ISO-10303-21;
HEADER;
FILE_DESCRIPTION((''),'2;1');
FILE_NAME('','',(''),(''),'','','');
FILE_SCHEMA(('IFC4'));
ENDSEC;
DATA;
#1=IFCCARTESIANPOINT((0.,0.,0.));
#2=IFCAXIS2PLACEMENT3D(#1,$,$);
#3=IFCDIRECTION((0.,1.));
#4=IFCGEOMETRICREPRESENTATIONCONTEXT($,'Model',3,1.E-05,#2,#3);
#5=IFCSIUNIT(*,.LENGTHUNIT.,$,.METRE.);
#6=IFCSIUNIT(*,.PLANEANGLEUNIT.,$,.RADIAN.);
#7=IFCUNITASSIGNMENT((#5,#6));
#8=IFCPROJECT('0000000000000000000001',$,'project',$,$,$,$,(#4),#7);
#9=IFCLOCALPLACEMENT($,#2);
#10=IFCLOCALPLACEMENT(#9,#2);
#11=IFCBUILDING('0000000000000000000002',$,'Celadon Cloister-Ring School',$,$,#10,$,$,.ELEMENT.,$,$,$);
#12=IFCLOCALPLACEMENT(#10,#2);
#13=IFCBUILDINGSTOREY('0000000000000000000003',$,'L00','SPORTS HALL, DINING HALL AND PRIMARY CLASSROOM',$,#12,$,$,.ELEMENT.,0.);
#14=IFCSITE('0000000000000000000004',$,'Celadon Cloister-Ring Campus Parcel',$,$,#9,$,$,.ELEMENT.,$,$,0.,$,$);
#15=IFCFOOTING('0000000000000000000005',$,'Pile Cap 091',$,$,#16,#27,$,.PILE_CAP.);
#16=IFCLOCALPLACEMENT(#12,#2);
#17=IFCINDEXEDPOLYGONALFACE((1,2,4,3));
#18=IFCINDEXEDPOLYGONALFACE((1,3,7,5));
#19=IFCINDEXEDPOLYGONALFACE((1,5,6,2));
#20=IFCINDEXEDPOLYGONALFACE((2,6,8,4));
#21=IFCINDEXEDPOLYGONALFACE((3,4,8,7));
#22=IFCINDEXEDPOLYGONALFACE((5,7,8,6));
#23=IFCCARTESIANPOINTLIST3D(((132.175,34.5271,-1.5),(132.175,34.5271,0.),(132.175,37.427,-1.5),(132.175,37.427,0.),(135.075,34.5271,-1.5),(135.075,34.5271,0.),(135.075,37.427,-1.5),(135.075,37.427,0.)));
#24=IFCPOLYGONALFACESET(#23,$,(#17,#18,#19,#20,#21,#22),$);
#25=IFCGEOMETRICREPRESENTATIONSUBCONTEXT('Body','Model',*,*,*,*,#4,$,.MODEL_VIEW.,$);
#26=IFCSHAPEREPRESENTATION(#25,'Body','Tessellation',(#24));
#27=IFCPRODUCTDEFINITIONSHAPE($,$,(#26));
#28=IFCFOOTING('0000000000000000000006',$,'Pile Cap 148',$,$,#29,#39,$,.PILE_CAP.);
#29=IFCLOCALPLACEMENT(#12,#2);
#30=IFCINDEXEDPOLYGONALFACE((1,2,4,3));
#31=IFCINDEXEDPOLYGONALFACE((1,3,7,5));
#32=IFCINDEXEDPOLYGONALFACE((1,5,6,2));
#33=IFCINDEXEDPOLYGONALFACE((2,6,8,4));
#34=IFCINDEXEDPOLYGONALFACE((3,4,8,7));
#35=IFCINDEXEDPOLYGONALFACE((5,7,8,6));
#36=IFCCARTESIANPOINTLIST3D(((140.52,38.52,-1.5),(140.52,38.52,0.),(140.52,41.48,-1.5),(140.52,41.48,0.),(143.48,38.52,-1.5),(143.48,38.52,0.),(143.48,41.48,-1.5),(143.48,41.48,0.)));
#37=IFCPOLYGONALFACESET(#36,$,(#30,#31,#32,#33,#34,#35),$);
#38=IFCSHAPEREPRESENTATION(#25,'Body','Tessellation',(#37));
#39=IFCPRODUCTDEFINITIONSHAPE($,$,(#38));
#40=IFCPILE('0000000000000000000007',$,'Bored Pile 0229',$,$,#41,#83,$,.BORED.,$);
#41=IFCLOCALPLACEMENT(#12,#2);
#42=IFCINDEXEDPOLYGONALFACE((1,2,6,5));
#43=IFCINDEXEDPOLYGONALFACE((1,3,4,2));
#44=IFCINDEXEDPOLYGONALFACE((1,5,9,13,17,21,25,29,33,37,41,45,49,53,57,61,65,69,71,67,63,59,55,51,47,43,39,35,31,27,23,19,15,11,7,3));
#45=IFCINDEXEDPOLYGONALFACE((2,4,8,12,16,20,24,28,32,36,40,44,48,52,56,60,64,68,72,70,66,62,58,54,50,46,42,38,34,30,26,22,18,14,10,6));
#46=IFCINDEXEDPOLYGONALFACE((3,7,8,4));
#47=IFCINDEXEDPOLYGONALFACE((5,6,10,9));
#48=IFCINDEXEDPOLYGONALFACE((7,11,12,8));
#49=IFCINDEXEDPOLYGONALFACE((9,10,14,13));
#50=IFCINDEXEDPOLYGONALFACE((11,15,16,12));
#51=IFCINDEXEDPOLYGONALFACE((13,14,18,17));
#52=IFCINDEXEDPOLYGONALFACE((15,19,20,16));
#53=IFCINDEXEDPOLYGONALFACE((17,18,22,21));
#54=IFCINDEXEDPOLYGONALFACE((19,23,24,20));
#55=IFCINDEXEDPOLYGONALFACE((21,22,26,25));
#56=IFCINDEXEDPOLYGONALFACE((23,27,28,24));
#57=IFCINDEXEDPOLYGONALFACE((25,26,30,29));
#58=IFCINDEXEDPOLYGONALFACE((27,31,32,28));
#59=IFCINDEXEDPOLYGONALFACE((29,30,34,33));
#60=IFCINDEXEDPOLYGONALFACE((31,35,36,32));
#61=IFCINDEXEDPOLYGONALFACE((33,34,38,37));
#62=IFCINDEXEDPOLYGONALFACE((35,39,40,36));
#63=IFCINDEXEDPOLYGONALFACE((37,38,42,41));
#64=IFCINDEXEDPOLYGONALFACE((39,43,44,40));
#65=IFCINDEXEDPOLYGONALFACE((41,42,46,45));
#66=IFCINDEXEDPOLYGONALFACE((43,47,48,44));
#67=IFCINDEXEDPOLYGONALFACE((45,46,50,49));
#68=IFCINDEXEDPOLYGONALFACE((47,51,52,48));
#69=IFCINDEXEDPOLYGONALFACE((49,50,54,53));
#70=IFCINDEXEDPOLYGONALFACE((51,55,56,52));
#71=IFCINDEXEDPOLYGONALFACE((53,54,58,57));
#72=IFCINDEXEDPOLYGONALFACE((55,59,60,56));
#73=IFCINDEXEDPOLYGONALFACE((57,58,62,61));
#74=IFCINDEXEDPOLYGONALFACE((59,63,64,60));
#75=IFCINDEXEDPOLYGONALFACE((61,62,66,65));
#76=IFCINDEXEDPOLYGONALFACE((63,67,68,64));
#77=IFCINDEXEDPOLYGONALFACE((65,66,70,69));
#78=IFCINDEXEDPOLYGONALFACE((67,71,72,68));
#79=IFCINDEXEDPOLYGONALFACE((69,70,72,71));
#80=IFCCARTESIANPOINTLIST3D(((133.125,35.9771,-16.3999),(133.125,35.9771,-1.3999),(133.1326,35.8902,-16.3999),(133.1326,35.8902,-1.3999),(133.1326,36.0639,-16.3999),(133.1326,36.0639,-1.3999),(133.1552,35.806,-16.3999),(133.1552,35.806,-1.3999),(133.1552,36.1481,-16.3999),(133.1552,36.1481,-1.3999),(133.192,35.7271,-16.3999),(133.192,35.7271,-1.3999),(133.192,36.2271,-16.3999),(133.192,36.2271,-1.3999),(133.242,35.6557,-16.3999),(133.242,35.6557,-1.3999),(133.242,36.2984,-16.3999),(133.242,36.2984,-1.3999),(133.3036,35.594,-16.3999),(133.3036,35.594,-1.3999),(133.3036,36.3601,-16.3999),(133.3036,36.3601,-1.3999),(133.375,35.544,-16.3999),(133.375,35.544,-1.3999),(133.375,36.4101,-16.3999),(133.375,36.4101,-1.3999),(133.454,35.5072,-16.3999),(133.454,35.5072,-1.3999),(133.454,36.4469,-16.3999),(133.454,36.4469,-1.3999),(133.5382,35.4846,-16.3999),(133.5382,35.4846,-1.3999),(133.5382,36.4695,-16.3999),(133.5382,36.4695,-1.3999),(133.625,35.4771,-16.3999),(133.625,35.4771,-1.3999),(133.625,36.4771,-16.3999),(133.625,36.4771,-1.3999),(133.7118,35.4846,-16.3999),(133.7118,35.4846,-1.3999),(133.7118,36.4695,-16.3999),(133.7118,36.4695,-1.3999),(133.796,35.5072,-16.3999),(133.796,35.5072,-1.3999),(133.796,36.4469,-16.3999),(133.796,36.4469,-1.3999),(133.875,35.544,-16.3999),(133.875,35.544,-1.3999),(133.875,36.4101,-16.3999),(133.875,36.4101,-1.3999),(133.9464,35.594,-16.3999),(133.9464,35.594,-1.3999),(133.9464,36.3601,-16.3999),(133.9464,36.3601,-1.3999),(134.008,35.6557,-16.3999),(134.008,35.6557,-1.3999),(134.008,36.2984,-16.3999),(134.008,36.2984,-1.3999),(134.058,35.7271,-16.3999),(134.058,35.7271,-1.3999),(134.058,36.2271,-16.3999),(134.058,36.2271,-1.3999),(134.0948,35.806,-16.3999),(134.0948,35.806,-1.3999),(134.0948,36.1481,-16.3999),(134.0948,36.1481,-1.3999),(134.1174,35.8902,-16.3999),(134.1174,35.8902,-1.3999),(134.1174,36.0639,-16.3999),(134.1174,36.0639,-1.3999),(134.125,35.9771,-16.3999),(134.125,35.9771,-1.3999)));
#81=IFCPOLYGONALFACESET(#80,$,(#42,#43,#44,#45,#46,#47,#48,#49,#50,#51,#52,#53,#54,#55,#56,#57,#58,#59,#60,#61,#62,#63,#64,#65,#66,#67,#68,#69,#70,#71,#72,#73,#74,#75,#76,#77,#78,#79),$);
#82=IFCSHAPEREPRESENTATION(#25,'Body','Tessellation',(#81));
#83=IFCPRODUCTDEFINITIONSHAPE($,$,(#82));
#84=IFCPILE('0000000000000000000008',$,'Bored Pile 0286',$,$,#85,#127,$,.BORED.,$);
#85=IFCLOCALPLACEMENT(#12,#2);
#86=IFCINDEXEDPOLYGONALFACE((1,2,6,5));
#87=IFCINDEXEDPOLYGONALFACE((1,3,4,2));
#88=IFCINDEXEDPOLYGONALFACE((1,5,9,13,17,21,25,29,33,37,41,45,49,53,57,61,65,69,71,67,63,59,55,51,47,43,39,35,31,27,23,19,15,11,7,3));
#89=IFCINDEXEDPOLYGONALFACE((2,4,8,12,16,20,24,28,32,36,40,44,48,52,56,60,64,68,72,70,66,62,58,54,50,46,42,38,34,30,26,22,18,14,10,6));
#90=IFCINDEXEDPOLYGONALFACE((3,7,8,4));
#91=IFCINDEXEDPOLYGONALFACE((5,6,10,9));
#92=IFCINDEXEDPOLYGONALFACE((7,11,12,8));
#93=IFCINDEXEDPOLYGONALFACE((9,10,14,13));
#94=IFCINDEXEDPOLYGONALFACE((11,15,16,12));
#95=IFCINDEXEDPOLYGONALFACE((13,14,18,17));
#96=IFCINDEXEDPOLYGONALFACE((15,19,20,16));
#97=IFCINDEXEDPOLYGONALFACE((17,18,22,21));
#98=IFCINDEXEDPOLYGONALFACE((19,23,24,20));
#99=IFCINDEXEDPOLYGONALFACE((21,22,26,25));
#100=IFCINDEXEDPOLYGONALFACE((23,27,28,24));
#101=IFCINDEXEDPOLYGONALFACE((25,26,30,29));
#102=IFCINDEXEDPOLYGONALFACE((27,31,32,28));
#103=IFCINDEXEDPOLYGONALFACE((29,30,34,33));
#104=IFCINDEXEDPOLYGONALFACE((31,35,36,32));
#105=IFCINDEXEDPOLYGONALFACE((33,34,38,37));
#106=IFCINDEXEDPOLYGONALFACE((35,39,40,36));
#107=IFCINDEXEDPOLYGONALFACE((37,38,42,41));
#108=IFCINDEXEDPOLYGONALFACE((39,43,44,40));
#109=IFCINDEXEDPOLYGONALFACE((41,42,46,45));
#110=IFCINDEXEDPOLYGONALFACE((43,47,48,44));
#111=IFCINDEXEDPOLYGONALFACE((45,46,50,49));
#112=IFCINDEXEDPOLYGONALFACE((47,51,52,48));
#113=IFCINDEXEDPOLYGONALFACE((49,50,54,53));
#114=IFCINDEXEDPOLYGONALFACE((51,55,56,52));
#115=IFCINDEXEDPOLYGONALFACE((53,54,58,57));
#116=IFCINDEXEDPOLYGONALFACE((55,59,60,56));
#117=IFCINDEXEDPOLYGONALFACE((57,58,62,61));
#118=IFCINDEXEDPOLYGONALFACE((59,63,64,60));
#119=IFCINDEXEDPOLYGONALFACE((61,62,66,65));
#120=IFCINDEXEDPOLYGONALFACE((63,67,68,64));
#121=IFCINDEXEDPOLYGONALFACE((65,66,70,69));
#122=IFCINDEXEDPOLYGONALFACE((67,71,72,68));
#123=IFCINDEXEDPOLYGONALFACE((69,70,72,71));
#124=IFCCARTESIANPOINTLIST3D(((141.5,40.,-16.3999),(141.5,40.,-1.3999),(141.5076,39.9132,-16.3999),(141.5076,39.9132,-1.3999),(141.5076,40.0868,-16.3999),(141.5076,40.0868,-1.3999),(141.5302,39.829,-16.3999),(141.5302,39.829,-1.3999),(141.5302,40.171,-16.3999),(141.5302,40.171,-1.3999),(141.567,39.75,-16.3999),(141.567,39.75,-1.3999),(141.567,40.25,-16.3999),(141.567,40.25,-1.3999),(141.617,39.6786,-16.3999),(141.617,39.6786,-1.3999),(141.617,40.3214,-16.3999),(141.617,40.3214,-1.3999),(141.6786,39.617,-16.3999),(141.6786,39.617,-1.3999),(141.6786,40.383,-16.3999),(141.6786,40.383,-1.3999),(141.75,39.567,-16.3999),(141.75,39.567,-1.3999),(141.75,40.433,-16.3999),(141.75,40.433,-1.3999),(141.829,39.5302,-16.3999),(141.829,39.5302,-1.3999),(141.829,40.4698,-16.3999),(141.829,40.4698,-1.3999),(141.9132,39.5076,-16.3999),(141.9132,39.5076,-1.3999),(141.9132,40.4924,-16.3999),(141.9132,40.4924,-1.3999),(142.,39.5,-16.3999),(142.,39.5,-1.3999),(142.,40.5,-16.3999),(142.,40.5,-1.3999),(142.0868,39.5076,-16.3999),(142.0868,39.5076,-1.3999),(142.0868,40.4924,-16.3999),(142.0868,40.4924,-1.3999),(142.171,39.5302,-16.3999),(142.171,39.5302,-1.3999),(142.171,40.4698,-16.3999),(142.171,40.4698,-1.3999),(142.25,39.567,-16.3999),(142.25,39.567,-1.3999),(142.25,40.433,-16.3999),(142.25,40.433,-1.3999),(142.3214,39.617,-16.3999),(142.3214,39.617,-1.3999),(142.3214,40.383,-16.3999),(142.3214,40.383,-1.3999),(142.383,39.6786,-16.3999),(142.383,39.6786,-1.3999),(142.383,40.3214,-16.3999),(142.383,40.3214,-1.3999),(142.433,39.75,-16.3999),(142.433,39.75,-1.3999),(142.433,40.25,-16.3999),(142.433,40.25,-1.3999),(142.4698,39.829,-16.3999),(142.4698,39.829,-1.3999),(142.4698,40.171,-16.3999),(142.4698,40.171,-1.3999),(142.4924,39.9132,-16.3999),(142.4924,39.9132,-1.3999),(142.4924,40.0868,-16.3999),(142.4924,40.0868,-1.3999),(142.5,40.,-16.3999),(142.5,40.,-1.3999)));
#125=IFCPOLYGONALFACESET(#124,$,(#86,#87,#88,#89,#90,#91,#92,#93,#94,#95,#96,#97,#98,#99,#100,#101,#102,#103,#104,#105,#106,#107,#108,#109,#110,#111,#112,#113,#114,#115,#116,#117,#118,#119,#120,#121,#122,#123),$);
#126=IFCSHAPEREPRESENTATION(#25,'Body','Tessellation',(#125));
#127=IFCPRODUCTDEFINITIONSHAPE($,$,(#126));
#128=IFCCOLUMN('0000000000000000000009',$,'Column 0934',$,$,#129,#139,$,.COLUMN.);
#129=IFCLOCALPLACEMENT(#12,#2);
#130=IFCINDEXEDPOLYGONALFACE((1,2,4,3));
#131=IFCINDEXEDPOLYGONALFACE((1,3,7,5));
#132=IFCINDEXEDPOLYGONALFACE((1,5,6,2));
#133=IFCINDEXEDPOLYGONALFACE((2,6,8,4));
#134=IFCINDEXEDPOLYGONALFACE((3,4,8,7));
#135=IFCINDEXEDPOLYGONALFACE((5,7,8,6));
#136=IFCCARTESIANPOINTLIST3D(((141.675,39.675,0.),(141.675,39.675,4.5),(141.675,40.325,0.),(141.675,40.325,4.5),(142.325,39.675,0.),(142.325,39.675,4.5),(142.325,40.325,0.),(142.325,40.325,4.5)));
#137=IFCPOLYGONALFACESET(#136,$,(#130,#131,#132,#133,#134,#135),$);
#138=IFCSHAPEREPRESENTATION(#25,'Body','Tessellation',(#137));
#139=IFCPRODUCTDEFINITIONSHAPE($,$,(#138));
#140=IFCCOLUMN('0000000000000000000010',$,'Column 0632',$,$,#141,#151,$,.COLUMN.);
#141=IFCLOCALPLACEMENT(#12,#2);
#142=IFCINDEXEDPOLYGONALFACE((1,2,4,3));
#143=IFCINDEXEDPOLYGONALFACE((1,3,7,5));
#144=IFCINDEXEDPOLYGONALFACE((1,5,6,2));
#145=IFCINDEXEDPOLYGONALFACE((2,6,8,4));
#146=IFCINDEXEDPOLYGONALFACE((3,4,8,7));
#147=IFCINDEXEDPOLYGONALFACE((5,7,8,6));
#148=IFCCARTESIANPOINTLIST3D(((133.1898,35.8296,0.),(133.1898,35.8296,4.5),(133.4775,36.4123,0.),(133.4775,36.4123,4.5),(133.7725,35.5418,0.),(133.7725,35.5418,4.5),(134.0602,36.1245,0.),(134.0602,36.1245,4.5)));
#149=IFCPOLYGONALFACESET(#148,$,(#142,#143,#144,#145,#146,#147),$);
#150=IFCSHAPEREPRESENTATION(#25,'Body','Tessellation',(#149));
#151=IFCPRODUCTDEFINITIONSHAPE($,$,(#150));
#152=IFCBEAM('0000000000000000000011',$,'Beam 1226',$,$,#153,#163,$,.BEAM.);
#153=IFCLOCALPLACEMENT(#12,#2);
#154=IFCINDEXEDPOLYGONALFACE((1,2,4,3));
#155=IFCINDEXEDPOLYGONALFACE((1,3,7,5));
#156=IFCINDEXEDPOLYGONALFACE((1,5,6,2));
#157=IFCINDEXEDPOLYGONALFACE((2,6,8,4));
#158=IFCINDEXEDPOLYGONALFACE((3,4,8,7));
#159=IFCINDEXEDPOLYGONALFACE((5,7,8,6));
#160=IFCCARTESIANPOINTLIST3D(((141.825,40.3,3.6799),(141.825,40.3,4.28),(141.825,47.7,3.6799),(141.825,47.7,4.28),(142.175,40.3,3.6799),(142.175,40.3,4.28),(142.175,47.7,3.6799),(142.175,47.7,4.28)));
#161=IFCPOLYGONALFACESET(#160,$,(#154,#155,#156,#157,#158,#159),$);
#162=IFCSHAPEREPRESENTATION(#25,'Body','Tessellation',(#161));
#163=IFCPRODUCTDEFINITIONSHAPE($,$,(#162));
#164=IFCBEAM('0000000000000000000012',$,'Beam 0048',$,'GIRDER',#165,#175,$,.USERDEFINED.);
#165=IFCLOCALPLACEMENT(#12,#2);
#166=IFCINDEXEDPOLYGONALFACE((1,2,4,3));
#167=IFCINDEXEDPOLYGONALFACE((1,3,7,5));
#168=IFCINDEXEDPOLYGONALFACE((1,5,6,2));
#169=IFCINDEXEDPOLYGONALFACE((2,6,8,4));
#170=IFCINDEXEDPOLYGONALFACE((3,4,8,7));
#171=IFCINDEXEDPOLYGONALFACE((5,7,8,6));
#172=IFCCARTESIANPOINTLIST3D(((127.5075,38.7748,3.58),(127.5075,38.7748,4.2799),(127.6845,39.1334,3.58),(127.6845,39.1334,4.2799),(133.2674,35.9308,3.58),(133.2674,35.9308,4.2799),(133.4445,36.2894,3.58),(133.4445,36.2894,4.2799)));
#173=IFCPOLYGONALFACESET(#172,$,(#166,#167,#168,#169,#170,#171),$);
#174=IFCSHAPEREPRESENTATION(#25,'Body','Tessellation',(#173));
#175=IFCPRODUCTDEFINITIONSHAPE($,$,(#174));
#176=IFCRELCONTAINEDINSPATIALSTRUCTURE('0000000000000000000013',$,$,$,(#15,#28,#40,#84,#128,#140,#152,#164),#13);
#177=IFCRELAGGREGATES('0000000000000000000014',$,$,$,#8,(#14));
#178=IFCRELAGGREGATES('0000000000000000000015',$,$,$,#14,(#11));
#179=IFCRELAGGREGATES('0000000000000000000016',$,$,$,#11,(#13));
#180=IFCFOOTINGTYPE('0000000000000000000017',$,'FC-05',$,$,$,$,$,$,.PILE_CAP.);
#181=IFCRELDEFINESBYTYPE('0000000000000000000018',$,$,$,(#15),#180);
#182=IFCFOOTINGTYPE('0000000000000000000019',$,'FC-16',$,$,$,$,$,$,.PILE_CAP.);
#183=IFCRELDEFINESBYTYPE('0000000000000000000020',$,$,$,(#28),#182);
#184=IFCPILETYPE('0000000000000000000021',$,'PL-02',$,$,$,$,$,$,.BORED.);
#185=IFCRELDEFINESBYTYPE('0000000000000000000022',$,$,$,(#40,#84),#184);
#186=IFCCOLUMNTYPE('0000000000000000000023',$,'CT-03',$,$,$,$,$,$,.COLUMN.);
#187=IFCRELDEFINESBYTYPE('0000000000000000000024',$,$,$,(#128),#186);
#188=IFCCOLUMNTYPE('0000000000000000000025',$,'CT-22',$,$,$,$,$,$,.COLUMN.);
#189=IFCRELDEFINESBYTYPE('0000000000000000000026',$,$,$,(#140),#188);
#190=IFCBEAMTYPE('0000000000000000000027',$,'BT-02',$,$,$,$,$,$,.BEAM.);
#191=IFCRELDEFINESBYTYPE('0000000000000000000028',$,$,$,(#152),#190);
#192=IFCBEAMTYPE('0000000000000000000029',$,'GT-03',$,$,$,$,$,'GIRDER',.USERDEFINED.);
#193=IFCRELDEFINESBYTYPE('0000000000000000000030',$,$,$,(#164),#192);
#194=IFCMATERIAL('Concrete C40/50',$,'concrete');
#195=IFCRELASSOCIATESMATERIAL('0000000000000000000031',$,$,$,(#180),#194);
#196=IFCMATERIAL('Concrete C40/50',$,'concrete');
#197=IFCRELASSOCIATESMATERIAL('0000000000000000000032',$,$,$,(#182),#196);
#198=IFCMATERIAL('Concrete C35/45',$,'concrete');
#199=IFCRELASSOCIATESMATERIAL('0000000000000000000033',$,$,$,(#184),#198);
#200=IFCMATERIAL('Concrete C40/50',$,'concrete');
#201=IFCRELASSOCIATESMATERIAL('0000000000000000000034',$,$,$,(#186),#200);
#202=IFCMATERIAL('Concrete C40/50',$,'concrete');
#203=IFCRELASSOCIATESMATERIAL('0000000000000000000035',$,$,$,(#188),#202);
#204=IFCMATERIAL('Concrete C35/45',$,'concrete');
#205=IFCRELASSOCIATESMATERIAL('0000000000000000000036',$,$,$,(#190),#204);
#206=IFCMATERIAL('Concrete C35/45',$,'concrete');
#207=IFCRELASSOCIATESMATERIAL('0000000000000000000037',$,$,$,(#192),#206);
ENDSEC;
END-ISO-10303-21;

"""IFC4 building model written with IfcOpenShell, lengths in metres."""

from ifc_helpers import new_model, si_unit, direction, frame, origin, origin_2d, place, context, subcontext, project, spatial, rectangle, circle, extrude, material, material_profile, profile_set, type_object, element, save


model = new_model("IFC4")

# Units and contexts
model_context = context("Model", 3, precision=1e-05, world=origin(), true_north=direction((0.0, 1.0)))
body_context = subcontext(model_context, "Body", "Model", "MODEL_VIEW")
ifc_project = project(units=[si_unit("LENGTHUNIT", "METRE"), si_unit("PLANEANGLEUNIT", "RADIAN")], contexts=[model_context])

# Site, building, storey
site_placement = place(None, origin())
site = spatial("IfcSite", under=ifc_project, at=site_placement, Name="Celadon Cloister-Ring Campus Parcel", CompositionType="ELEMENT", RefElevation=0.0)
building_placement = place(site_placement, origin())
building = spatial("IfcBuilding", under=site, at=building_placement, Name="Celadon Cloister-Ring School", CompositionType="ELEMENT")
storey_placement = place(building_placement, origin())
storey = spatial("IfcBuildingStorey", under=building, at=storey_placement, Name="L00", Description="SPORTS HALL, DINING HALL AND PRIMARY CLASSROOM", CompositionType="ELEMENT", Elevation=0.0)

# Footings
ifc_material_1 = material(Name="Concrete C40/50", Category="concrete")
footing_type_1 = type_object("IfcFootingType", Name="FC-05", PredefinedType="PILE_CAP", material=ifc_material_1)
footing_1_placement = place(storey_placement, frame((133.625, 35.9771, -1.5), z_axis=(0.0, 0.0, 1.0), x_axis=(1.0, 0.0, 0.0)))
element("IfcFooting", 1, at=footing_1_placement, inside=storey, type_object=footing_type_1, Name="Pile Cap 091", PredefinedType="PILE_CAP", context=body_context, shape_type="SweptSolid", body=[
    extrude(rectangle(XDim=2.8999, YDim=2.8999, at=origin_2d()), origin(), (0.0, 0.0, 1.0), 1.5),
])
ifc_material_2 = material(Name="Concrete C40/50", Category="concrete")
footing_type_2 = type_object("IfcFootingType", Name="FC-16", PredefinedType="PILE_CAP", material=ifc_material_2)
footing_2_placement = place(storey_placement, frame((142.0, 40.0, -1.5), z_axis=(0.0, 0.0, 1.0), x_axis=(1.0, 0.0, 0.0)))
element("IfcFooting", 2, at=footing_2_placement, inside=storey, type_object=footing_type_2, Name="Pile Cap 148", PredefinedType="PILE_CAP", context=body_context, shape_type="SweptSolid", body=[
    extrude(rectangle(XDim=2.96, YDim=2.96, at=origin_2d()), origin(), (0.0, 0.0, 1.0), 1.5),
])

# Piles
ifc_material_3 = material(Name="Concrete C35/45", Category="concrete")
ifc_material_profile_1 = material_profile(ifc_material_3, circle(Radius=0.5, at=origin_2d()), Name="PILE1000")
ifc_profile_set_1 = profile_set([ifc_material_profile_1], Name="Concrete C35/45")
pile_type = type_object("IfcPileType", Name="PL-02", PredefinedType="BORED", material=ifc_profile_set_1)
for number, where, z_axis, x_axis, name in (
    (3, (133.625, 35.9771, -1.3999), (0.0, 0.0, -1.0), (1.0, 0.0, 0.0), "Bored Pile 0229"),
    (4, (142.0, 40.0, -1.3999), (0.0, 0.0, -1.0), (1.0, 0.0, 0.0), "Bored Pile 0286"),
):
    element("IfcPile", number, at=place(storey_placement, frame(where, z_axis=z_axis, x_axis=x_axis)), inside=storey, type_object=pile_type, Name=name, PredefinedType="BORED", context=body_context, shape_type="SweptSolid", body=[
        extrude(circle(Radius=0.5, at=origin_2d()), origin(), (0.0, 0.0, 1.0), 15.0),
    ])

# Columns
ifc_material_4 = material(Name="Concrete C40/50", Category="concrete")
ifc_material_profile_2 = material_profile(ifc_material_4, rectangle(XDim=0.6499, YDim=0.6499, at=origin_2d()), Name="RC650X650")
ifc_profile_set_2 = profile_set([ifc_material_profile_2], Name="Concrete C40/50")
column_type_1 = type_object("IfcColumnType", Name="CT-03", PredefinedType="COLUMN", material=ifc_profile_set_2)
column_1_placement = place(storey_placement, frame((142.0, 40.0, 0.0), z_axis=(0.0, 0.0, 1.0), x_axis=(1.0, 0.0, 0.0)))
element("IfcColumn", 5, at=column_1_placement, inside=storey, type_object=column_type_1, Name="Column 0934", PredefinedType="COLUMN", context=body_context, shape_type="SweptSolid", body=[
    extrude(rectangle(XDim=0.6499, YDim=0.6499, at=origin_2d()), origin(), (0.0, 0.0, 1.0), 4.5),
])
ifc_material_5 = material(Name="Concrete C40/50", Category="concrete")
ifc_material_profile_3 = material_profile(ifc_material_5, rectangle(XDim=0.6499, YDim=0.6499, at=origin_2d()), Name="RC650X650")
ifc_profile_set_3 = profile_set([ifc_material_profile_3], Name="Concrete C40/50")
column_type_2 = type_object("IfcColumnType", Name="CT-22", PredefinedType="COLUMN", material=ifc_profile_set_3)
column_2_placement = place(storey_placement, frame((133.625, 35.9771, 0.0), z_axis=(0.0, 0.0, 1.0), x_axis=(0.896641, -0.442758, 0.0)))
element("IfcColumn", 6, at=column_2_placement, inside=storey, type_object=column_type_2, Name="Column 0632", PredefinedType="COLUMN", context=body_context, shape_type="SweptSolid", body=[
    extrude(rectangle(XDim=0.6499, YDim=0.6499, at=origin_2d()), origin(), (0.0, 0.0, 1.0), 4.5),
])

# Beams
ifc_material_6 = material(Name="Concrete C35/45", Category="concrete")
ifc_material_profile_4 = material_profile(ifc_material_6, rectangle(XDim=0.3501, YDim=0.6001, at=origin_2d()), Name="RC350X600")
ifc_profile_set_4 = profile_set([ifc_material_profile_4], Name="Concrete C35/45")
beam_type_1 = type_object("IfcBeamType", Name="BT-02", PredefinedType="BEAM", material=ifc_profile_set_4)
beam_1_placement = place(storey_placement, frame((142.0, 40.3, 3.98), z_axis=(0.0, 1.0, 0.0), x_axis=(-1.0, 0.0, 0.0)))
element("IfcBeam", 7, at=beam_1_placement, inside=storey, type_object=beam_type_1, Name="Beam 1226", PredefinedType="BEAM", context=body_context, shape_type="SweptSolid", body=[
    extrude(rectangle(XDim=0.3501, YDim=0.6001, at=origin_2d()), origin(), (0.0, 0.0, 1.0), 7.3999),
])
ifc_material_7 = material(Name="Concrete C35/45", Category="concrete")
ifc_material_profile_5 = material_profile(ifc_material_7, rectangle(XDim=0.3999, YDim=0.7, at=origin_2d()), Name="RC400X700")
ifc_profile_set_5 = profile_set([ifc_material_profile_5], Name="Concrete C35/45")
beam_type_2 = type_object("IfcBeamType", Name="GT-03", ElementType="GIRDER", PredefinedType="USERDEFINED", material=ifc_profile_set_5)
beam_2_placement = place(storey_placement, frame((133.356, 36.1101, 3.9299), z_axis=(-0.896658, 0.442723, 0.0), x_axis=(-0.442723, -0.896658, 0.0)))
element("IfcBeam", 8, at=beam_2_placement, inside=storey, type_object=beam_type_2, Name="Beam 0048", ObjectType="GIRDER", PredefinedType="USERDEFINED", context=body_context, shape_type="SweptSolid", body=[
    extrude(rectangle(XDim=0.3999, YDim=0.7, at=origin_2d()), origin(), (0.0, 0.0, 1.0), 6.4238),
])

save(model, "model.ifc")
